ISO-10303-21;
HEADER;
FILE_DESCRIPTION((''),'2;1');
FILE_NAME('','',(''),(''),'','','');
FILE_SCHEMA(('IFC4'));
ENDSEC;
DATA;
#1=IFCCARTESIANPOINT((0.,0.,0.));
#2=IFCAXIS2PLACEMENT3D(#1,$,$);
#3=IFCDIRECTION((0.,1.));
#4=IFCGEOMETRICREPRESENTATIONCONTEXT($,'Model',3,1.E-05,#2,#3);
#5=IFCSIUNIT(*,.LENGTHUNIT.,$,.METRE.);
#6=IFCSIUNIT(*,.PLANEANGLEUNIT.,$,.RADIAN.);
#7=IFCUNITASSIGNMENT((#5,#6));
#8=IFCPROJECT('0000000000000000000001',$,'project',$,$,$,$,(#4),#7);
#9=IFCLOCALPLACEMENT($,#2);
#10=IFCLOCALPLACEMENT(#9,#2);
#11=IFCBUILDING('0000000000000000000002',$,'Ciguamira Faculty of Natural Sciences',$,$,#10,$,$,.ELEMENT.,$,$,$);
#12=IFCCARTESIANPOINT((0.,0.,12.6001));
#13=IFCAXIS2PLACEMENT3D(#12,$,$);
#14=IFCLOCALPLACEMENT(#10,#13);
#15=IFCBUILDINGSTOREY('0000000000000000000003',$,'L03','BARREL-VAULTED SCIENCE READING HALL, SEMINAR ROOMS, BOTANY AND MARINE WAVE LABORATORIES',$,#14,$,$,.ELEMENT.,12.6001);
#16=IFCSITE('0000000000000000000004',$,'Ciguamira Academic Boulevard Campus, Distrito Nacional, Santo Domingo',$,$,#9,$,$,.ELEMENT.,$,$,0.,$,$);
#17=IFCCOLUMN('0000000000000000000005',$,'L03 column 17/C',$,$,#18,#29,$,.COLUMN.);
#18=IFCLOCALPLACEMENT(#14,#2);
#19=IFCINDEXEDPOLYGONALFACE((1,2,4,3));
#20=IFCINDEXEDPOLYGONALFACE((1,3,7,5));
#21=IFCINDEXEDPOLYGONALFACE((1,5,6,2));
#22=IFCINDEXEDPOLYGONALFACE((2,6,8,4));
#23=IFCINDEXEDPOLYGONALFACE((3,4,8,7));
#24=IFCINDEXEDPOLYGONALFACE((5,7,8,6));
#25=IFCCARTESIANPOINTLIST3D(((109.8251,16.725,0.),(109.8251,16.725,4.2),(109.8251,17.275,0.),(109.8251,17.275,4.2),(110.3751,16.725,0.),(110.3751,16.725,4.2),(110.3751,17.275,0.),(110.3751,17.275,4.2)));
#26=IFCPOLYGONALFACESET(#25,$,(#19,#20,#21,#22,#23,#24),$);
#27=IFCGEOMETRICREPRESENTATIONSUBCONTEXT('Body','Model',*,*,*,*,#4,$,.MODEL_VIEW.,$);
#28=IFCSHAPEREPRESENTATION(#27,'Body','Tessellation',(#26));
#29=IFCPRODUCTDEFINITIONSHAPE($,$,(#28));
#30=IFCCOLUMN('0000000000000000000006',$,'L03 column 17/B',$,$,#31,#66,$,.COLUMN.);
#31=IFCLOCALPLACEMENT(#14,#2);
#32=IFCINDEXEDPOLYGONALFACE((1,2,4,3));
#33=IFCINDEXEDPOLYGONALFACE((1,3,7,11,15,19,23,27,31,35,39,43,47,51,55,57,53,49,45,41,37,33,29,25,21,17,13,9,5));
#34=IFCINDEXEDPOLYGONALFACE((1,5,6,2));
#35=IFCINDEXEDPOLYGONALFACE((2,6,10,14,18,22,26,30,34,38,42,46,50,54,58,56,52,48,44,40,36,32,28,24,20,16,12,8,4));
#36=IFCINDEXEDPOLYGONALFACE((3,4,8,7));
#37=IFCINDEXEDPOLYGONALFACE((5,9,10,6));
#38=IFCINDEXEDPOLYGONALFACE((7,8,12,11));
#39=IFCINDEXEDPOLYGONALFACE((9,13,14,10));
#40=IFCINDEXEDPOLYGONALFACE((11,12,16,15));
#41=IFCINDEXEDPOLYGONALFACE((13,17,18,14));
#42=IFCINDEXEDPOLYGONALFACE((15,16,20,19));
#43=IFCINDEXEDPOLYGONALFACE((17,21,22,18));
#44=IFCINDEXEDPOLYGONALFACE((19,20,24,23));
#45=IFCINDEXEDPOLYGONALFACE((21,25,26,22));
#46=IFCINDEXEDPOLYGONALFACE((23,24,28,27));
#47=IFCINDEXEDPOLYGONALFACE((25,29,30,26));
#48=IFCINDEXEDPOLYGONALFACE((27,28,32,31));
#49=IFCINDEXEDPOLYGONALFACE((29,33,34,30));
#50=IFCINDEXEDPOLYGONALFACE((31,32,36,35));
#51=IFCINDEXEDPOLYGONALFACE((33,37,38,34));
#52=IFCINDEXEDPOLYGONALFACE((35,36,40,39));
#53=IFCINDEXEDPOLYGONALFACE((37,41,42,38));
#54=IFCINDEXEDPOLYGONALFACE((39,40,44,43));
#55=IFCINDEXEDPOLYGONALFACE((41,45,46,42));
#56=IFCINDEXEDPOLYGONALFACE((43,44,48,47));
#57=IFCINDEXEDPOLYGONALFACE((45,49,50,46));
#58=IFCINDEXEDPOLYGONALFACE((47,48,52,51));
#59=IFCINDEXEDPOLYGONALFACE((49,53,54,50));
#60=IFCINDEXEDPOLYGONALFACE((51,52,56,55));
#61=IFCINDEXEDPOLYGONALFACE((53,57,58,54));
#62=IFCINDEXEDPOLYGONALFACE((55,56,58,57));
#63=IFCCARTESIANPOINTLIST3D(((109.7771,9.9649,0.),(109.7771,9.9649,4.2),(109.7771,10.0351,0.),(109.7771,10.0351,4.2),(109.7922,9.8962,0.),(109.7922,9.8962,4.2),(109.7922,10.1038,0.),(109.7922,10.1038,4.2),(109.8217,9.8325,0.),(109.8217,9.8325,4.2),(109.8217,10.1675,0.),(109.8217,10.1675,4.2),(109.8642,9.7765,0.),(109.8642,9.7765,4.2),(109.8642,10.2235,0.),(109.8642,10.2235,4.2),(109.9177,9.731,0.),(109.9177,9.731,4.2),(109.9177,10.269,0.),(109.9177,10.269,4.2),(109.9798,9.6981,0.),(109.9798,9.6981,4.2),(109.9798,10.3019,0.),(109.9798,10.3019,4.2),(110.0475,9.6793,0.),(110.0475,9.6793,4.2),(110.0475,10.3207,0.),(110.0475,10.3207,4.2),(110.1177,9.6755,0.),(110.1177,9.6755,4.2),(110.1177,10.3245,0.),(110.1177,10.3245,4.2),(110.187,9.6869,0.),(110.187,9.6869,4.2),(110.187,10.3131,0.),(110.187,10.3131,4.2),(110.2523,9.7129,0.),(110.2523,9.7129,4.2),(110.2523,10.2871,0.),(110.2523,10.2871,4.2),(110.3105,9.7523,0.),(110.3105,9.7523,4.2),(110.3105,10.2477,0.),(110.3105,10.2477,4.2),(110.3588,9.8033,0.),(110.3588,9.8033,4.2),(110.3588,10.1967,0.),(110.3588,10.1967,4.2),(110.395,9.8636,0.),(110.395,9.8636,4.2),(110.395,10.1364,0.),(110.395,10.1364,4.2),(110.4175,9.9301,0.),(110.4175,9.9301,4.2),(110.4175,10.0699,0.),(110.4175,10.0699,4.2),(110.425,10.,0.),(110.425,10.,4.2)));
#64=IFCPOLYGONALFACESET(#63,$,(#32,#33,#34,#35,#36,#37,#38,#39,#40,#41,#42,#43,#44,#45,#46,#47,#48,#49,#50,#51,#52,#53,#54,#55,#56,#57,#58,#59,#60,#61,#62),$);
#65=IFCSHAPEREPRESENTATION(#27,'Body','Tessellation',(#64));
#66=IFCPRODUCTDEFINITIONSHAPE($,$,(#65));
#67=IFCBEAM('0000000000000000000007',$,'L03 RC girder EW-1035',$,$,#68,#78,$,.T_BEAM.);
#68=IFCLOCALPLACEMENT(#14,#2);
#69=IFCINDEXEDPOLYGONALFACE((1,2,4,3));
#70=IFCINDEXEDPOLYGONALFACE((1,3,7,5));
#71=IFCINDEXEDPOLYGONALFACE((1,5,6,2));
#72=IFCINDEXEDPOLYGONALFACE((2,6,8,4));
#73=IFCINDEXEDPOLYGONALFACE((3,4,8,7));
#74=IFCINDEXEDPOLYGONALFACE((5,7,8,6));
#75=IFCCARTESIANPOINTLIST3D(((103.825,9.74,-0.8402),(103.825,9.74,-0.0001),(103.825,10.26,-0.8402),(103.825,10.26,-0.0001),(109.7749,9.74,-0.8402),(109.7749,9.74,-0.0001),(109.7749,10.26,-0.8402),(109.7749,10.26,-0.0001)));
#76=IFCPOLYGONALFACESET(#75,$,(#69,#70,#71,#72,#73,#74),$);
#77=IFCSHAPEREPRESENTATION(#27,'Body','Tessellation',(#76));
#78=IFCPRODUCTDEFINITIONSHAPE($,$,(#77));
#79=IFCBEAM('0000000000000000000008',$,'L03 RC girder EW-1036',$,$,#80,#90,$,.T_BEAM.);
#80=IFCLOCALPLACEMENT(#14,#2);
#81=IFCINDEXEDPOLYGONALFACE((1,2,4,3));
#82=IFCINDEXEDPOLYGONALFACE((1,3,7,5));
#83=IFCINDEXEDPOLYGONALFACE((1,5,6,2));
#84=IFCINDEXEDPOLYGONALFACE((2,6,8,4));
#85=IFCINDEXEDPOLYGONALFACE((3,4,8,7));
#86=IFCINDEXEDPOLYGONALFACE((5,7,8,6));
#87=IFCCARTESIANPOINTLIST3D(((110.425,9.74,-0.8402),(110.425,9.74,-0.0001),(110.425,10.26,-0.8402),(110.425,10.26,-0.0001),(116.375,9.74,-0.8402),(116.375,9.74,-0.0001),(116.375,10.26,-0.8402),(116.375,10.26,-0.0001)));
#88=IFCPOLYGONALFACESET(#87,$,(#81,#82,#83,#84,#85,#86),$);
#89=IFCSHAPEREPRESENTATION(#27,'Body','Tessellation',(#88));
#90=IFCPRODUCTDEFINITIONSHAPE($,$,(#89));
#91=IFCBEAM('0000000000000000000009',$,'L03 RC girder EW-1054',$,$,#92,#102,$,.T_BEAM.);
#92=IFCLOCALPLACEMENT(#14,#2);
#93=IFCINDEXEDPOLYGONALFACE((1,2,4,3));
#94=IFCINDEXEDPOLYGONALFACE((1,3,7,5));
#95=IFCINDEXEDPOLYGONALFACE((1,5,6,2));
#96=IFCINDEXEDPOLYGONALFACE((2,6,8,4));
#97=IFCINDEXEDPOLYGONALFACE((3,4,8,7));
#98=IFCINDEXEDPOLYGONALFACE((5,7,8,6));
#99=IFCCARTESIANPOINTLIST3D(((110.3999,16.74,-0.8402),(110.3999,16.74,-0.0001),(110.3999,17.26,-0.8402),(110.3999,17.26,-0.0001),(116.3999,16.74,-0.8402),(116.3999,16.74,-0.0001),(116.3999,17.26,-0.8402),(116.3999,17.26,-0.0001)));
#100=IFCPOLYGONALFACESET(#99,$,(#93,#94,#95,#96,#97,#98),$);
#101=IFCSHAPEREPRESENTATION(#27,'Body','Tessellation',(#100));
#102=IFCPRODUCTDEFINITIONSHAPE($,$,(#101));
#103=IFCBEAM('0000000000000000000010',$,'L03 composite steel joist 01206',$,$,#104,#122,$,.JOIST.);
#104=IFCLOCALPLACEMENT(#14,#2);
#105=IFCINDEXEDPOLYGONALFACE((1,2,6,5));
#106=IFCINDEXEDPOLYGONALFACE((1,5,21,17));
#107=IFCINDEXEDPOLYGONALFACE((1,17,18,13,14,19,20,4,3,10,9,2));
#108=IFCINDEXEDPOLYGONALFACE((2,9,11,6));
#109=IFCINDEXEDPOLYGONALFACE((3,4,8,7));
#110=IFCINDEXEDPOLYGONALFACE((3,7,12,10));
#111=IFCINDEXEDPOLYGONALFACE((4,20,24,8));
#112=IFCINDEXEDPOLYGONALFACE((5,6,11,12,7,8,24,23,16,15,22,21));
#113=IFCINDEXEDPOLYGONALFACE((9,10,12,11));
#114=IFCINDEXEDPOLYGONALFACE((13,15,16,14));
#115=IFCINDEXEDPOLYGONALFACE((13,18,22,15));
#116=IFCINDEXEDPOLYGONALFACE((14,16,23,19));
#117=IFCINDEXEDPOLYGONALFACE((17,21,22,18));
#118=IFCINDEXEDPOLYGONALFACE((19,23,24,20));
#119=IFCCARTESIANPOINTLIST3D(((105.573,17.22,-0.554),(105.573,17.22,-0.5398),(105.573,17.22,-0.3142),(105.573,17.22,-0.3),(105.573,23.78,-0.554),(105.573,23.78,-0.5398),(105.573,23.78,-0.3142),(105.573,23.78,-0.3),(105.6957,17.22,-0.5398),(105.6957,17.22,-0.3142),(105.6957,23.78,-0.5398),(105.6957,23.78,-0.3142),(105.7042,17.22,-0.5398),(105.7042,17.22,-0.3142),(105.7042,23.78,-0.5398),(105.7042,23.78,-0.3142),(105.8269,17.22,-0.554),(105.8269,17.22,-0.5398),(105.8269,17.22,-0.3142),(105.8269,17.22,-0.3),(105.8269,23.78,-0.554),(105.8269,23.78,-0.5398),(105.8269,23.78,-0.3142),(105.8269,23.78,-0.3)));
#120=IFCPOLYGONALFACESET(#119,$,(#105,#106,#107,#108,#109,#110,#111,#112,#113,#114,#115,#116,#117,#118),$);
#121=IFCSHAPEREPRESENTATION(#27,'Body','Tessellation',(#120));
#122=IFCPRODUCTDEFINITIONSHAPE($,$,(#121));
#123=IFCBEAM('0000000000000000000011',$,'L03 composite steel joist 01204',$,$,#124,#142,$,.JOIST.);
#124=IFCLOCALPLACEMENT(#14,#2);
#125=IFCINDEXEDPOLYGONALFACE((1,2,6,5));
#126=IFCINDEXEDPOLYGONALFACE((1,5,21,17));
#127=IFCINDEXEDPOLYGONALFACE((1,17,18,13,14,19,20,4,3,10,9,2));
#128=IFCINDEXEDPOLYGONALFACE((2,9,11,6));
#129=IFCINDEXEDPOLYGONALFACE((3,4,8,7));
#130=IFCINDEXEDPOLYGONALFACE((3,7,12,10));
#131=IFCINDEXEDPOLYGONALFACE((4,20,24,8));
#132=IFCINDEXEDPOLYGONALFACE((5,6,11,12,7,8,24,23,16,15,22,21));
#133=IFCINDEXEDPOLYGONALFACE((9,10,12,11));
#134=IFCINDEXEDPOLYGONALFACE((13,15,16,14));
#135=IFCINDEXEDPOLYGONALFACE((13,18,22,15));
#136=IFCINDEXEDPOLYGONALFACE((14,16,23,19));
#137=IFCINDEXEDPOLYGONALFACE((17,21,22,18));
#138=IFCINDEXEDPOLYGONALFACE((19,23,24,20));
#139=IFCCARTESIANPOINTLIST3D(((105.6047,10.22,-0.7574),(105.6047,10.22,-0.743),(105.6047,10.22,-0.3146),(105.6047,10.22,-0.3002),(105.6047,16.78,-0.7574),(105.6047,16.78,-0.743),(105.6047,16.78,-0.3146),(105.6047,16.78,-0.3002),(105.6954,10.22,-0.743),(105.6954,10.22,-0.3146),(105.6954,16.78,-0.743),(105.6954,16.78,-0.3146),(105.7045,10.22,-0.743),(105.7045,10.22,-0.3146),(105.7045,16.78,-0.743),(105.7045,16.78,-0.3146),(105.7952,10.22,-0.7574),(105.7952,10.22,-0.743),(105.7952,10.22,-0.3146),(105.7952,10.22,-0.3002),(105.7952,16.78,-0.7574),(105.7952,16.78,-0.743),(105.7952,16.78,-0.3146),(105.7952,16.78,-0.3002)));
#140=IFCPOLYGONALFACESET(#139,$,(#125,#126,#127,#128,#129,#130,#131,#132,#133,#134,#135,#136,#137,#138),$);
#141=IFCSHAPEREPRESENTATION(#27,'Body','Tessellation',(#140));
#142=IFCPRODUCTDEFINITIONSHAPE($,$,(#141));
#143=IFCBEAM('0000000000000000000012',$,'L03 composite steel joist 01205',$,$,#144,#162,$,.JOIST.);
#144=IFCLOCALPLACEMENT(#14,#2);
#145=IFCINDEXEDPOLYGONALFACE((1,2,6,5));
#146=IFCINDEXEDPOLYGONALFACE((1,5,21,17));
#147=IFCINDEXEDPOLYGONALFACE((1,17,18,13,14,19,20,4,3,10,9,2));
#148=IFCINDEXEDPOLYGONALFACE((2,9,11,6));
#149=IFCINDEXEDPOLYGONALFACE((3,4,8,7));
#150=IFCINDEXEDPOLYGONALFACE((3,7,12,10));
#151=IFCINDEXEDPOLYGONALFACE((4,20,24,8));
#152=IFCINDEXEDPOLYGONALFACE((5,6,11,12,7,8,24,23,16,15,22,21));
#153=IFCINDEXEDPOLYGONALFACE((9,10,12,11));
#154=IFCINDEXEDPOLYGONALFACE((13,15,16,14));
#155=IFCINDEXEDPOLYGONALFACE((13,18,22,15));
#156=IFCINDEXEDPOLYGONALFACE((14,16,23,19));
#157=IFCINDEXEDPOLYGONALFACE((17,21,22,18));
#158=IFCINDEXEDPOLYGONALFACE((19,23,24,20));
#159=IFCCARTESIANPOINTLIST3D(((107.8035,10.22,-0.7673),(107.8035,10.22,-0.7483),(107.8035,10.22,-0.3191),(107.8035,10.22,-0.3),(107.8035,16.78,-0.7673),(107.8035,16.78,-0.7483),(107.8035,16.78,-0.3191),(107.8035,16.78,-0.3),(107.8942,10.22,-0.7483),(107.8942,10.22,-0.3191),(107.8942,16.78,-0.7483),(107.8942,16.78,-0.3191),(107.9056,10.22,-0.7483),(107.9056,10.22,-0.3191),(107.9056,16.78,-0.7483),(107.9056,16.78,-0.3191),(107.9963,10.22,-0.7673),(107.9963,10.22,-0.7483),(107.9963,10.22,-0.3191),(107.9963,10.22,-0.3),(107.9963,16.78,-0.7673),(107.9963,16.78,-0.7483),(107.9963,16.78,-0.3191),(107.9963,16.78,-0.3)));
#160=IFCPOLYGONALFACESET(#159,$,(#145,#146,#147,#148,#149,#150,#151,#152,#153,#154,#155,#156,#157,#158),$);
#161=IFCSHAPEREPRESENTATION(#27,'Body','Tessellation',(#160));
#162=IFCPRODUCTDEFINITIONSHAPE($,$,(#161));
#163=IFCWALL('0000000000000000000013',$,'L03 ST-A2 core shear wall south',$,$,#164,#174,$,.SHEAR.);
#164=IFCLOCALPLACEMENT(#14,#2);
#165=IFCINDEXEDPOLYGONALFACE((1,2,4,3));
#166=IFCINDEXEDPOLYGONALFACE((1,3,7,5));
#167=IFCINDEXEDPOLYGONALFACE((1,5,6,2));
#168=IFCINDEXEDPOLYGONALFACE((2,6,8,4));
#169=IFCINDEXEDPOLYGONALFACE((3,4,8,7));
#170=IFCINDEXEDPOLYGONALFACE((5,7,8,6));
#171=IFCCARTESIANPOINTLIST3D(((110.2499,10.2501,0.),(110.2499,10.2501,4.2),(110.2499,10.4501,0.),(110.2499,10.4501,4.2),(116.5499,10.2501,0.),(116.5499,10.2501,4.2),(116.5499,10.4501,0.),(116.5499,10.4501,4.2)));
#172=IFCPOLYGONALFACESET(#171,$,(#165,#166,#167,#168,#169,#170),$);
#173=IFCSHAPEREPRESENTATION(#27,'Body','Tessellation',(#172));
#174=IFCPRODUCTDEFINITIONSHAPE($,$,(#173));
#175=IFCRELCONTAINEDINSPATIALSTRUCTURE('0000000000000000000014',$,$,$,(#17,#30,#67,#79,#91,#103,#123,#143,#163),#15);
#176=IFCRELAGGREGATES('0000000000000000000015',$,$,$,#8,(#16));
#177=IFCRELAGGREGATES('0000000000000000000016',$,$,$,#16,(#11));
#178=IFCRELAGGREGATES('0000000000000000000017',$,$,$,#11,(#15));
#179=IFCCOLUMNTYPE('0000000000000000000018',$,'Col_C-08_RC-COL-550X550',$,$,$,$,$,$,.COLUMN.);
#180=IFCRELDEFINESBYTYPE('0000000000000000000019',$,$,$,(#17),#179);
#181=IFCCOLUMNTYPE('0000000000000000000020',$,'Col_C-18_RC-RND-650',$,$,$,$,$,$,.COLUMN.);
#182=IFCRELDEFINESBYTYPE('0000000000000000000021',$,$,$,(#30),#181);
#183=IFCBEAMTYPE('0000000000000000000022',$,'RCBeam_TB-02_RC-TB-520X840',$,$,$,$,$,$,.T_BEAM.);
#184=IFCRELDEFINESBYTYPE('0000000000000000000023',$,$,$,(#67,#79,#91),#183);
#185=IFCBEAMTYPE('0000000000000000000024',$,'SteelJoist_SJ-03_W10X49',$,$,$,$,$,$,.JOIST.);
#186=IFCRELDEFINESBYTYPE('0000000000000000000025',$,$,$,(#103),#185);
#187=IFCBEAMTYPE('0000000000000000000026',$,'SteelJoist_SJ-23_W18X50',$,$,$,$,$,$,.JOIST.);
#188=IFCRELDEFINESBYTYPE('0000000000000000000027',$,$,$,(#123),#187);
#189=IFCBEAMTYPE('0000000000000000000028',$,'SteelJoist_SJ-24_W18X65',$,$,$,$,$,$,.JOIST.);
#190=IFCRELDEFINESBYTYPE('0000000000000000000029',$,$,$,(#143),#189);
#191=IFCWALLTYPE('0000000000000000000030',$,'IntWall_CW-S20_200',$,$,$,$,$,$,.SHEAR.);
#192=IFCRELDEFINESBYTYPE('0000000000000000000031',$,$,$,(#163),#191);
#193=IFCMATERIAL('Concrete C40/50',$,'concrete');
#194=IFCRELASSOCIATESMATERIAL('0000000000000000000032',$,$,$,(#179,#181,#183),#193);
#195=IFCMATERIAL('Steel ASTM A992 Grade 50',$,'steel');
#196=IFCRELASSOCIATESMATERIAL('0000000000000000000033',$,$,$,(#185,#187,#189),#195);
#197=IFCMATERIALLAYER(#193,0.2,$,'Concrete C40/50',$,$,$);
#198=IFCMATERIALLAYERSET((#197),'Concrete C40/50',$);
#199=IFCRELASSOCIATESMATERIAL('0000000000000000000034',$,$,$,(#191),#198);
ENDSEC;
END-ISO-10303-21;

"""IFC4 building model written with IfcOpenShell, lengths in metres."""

from ifc_helpers import new_model, si_unit, direction, frame, frame_2d, origin, origin_2d, place, context, subcontext, project, spatial, rectangle, circle, i_section, extrude, material, layer, layer_set, material_profile, profile_set, type_object, element, save


model = new_model("IFC4")

# Units and contexts
model_context = context("Model", 3, precision=1e-05, world=origin(), true_north=direction((0.0, 1.0)))
body_context = subcontext(model_context, "Body", "Model", "MODEL_VIEW")
ifc_project = project(units=[si_unit("LENGTHUNIT", "METRE"), si_unit("PLANEANGLEUNIT", "RADIAN")], contexts=[model_context])

# Site, building, storey
site_placement = place(None, origin())
site = spatial("IfcSite", under=ifc_project, at=site_placement, Name="Ciguamira Academic Boulevard Campus, Distrito Nacional, Santo Domingo", CompositionType="ELEMENT", RefElevation=0.0)
building_placement = place(site_placement, origin())
building = spatial("IfcBuilding", under=site, at=building_placement, Name="Ciguamira Faculty of Natural Sciences", CompositionType="ELEMENT")
storey_placement = place(building_placement, frame((0.0, 0.0, 12.6001)))
storey = spatial("IfcBuildingStorey", under=building, at=storey_placement, Name="L03", Description="BARREL-VAULTED SCIENCE READING HALL, SEMINAR ROOMS, BOTANY AND MARINE WAVE LABORATORIES", CompositionType="ELEMENT", Elevation=12.6001)

# Columns
ifc_material_1 = material(Name="Concrete C40/50", Category="concrete")
ifc_material_profile_1 = material_profile(ifc_material_1, rectangle(XDim=0.55, YDim=0.55, at=origin_2d()), Name="RC-COL-550X550")
ifc_profile_set_1 = profile_set([ifc_material_profile_1], Name="Concrete C40/50")
column_type_1 = type_object("IfcColumnType", Name="Col_C-08_RC-COL-550X550", PredefinedType="COLUMN", material=ifc_profile_set_1)
column_1_placement = place(storey_placement, frame((110.1001, 17.0, 0.0), z_axis=(0.0, 0.0, 1.0), x_axis=(1.0, 0.0, 0.0)))
element("IfcColumn", 1, at=column_1_placement, inside=storey, type_object=column_type_1, Name="L03 column 17/C", PredefinedType="COLUMN", context=body_context, shape_type="SweptSolid", body=[
    extrude(rectangle(XDim=0.55, YDim=0.55, at=origin_2d()), origin(), (0.0, 0.0, 1.0), 4.2),
])
ifc_material_profile_2 = material_profile(ifc_material_1, circle(Radius=0.325, at=origin_2d()), Name="RC-RND-650")
ifc_profile_set_2 = profile_set([ifc_material_profile_2], Name="Concrete C40/50")
column_type_2 = type_object("IfcColumnType", Name="Col_C-18_RC-RND-650", PredefinedType="COLUMN", material=ifc_profile_set_2)
column_2_placement = place(storey_placement, frame((110.1001, 10.0, 0.0), z_axis=(0.0, 0.0, 1.0), x_axis=(1.0, 0.0, 0.0)))
element("IfcColumn", 2, at=column_2_placement, inside=storey, type_object=column_type_2, Name="L03 column 17/B", PredefinedType="COLUMN", context=body_context, shape_type="SweptSolid", body=[
    extrude(circle(Radius=0.325, at=origin_2d()), origin(), (0.0, 0.0, 1.0), 4.2),
])

# Beams
ifc_material_profile_3 = material_profile(ifc_material_1, rectangle(XDim=0.52, YDim=0.8401, at=origin_2d()), Name="RC-TB-520X840")
ifc_profile_set_3 = profile_set([ifc_material_profile_3], Name="Concrete C40/50")
beam_type_1 = type_object("IfcBeamType", Name="RCBeam_TB-02_RC-TB-520X840", PredefinedType="T_BEAM", material=ifc_profile_set_3)
for number, where, z_axis, x_axis, name in (
    (3, (103.825, 10.0, -0.4202), (1.0, 0.0, 0.0), (0.0, 1.0, 0.0), "L03 RC girder EW-1035"),
    (4, (110.425, 10.0, -0.4202), (1.0, 0.0, 0.0), (0.0, 1.0, 0.0), "L03 RC girder EW-1036"),
):
    element("IfcBeam", number, at=place(storey_placement, frame(where, z_axis=z_axis, x_axis=x_axis)), inside=storey, type_object=beam_type_1, Name=name, PredefinedType="T_BEAM", context=body_context, shape_type="SweptSolid", body=[
        extrude(rectangle(XDim=0.52, YDim=0.8401, at=origin_2d()), origin(), (0.0, 0.0, 1.0), 5.95),
    ])
beam_1_placement = place(storey_placement, frame((110.3999, 17.0, -0.4202), z_axis=(1.0, 0.0, 0.0), x_axis=(0.0, 1.0, 0.0)))
element("IfcBeam", 5, at=beam_1_placement, inside=storey, type_object=beam_type_1, Name="L03 RC girder EW-1054", PredefinedType="T_BEAM", context=body_context, shape_type="SweptSolid", body=[
    extrude(rectangle(XDim=0.52, YDim=0.8401, at=origin_2d()), origin(), (0.0, 0.0, 1.0), 6.0),
])
ifc_material_2 = material(Name="Steel ASTM A992 Grade 50", Category="steel")
ifc_material_profile_4 = material_profile(ifc_material_2, i_section(OverallWidth=0.2539, OverallDepth=0.2539, WebThickness=0.0085, FlangeThickness=0.0142, at=origin_2d()), Name="W10X49")
ifc_profile_set_4 = profile_set([ifc_material_profile_4], Name="Steel ASTM A992 Grade 50")
beam_type_2 = type_object("IfcBeamType", Name="SteelJoist_SJ-03_W10X49", PredefinedType="JOIST", material=ifc_profile_set_4)
beam_2_placement = place(storey_placement, frame((105.7, 17.22, -0.427), z_axis=(0.0, 1.0, 0.0), x_axis=(-1.0, 0.0, 0.0)))
element("IfcBeam", 6, at=beam_2_placement, inside=storey, type_object=beam_type_2, Name="L03 composite steel joist 01206", PredefinedType="JOIST", context=body_context, shape_type="SweptSolid", body=[
    extrude(i_section(OverallWidth=0.2539, OverallDepth=0.2539, WebThickness=0.0085, FlangeThickness=0.0142, at=origin_2d()), origin(), (0.0, 0.0, 1.0), 6.5601),
])
ifc_material_profile_5 = material_profile(ifc_material_2, i_section(OverallWidth=0.1904, OverallDepth=0.4573, WebThickness=0.009, FlangeThickness=0.0144, at=origin_2d()), Name="W18X50")
ifc_profile_set_5 = profile_set([ifc_material_profile_5], Name="Steel ASTM A992 Grade 50")
beam_type_3 = type_object("IfcBeamType", Name="SteelJoist_SJ-23_W18X50", PredefinedType="JOIST", material=ifc_profile_set_5)
beam_3_placement = place(storey_placement, frame((105.7, 10.22, -0.5288), z_axis=(0.0, 1.0, 0.0), x_axis=(-1.0, 0.0, 0.0)))
element("IfcBeam", 7, at=beam_3_placement, inside=storey, type_object=beam_type_3, Name="L03 composite steel joist 01204", PredefinedType="JOIST", context=body_context, shape_type="SweptSolid", body=[
    extrude(i_section(OverallWidth=0.1904, OverallDepth=0.4573, WebThickness=0.009, FlangeThickness=0.0144, at=origin_2d()), origin(), (0.0, 0.0, 1.0), 6.5601),
])
ifc_material_profile_6 = material_profile(ifc_material_2, i_section(OverallWidth=0.1929, OverallDepth=0.4673, WebThickness=0.0115, FlangeThickness=0.019, at=origin_2d()), Name="W18X65")
ifc_profile_set_6 = profile_set([ifc_material_profile_6], Name="Steel ASTM A992 Grade 50")
beam_type_4 = type_object("IfcBeamType", Name="SteelJoist_SJ-24_W18X65", PredefinedType="JOIST", material=ifc_profile_set_6)
beam_4_placement = place(storey_placement, frame((107.8999, 10.22, -0.5337), z_axis=(0.0, 1.0, 0.0), x_axis=(-1.0, 0.0, 0.0)))
element("IfcBeam", 8, at=beam_4_placement, inside=storey, type_object=beam_type_4, Name="L03 composite steel joist 01205", PredefinedType="JOIST", context=body_context, shape_type="SweptSolid", body=[
    extrude(i_section(OverallWidth=0.1929, OverallDepth=0.4673, WebThickness=0.0115, FlangeThickness=0.019, at=origin_2d()), origin(), (0.0, 0.0, 1.0), 6.5601),
])

# Wall
ifc_layer_1 = layer(ifc_material_1, 0.2, Name="Concrete C40/50")
ifc_layer_set_1 = layer_set([ifc_layer_1], Name="Concrete C40/50")
wall_type_1 = type_object("IfcWallType", Name="IntWall_CW-S20_200", PredefinedType="SHEAR", material=ifc_layer_set_1)
wall_1_placement = place(storey_placement, frame((110.25, 10.3501, 0.0), z_axis=(0.0, 0.0, 1.0), x_axis=(1.0, 0.0, 0.0)))
element("IfcWall", 9, at=wall_1_placement, inside=storey, type_object=wall_type_1, Name="L03 ST-A2 core shear wall south", PredefinedType="SHEAR", context=body_context, shape_type="SweptSolid", body=[
    extrude(rectangle(XDim=6.3, YDim=0.2, at=frame_2d((3.1499, 0.0))), origin(), (0.0, 0.0, 1.0), 4.2),
])

save(model, "model.ifc")
